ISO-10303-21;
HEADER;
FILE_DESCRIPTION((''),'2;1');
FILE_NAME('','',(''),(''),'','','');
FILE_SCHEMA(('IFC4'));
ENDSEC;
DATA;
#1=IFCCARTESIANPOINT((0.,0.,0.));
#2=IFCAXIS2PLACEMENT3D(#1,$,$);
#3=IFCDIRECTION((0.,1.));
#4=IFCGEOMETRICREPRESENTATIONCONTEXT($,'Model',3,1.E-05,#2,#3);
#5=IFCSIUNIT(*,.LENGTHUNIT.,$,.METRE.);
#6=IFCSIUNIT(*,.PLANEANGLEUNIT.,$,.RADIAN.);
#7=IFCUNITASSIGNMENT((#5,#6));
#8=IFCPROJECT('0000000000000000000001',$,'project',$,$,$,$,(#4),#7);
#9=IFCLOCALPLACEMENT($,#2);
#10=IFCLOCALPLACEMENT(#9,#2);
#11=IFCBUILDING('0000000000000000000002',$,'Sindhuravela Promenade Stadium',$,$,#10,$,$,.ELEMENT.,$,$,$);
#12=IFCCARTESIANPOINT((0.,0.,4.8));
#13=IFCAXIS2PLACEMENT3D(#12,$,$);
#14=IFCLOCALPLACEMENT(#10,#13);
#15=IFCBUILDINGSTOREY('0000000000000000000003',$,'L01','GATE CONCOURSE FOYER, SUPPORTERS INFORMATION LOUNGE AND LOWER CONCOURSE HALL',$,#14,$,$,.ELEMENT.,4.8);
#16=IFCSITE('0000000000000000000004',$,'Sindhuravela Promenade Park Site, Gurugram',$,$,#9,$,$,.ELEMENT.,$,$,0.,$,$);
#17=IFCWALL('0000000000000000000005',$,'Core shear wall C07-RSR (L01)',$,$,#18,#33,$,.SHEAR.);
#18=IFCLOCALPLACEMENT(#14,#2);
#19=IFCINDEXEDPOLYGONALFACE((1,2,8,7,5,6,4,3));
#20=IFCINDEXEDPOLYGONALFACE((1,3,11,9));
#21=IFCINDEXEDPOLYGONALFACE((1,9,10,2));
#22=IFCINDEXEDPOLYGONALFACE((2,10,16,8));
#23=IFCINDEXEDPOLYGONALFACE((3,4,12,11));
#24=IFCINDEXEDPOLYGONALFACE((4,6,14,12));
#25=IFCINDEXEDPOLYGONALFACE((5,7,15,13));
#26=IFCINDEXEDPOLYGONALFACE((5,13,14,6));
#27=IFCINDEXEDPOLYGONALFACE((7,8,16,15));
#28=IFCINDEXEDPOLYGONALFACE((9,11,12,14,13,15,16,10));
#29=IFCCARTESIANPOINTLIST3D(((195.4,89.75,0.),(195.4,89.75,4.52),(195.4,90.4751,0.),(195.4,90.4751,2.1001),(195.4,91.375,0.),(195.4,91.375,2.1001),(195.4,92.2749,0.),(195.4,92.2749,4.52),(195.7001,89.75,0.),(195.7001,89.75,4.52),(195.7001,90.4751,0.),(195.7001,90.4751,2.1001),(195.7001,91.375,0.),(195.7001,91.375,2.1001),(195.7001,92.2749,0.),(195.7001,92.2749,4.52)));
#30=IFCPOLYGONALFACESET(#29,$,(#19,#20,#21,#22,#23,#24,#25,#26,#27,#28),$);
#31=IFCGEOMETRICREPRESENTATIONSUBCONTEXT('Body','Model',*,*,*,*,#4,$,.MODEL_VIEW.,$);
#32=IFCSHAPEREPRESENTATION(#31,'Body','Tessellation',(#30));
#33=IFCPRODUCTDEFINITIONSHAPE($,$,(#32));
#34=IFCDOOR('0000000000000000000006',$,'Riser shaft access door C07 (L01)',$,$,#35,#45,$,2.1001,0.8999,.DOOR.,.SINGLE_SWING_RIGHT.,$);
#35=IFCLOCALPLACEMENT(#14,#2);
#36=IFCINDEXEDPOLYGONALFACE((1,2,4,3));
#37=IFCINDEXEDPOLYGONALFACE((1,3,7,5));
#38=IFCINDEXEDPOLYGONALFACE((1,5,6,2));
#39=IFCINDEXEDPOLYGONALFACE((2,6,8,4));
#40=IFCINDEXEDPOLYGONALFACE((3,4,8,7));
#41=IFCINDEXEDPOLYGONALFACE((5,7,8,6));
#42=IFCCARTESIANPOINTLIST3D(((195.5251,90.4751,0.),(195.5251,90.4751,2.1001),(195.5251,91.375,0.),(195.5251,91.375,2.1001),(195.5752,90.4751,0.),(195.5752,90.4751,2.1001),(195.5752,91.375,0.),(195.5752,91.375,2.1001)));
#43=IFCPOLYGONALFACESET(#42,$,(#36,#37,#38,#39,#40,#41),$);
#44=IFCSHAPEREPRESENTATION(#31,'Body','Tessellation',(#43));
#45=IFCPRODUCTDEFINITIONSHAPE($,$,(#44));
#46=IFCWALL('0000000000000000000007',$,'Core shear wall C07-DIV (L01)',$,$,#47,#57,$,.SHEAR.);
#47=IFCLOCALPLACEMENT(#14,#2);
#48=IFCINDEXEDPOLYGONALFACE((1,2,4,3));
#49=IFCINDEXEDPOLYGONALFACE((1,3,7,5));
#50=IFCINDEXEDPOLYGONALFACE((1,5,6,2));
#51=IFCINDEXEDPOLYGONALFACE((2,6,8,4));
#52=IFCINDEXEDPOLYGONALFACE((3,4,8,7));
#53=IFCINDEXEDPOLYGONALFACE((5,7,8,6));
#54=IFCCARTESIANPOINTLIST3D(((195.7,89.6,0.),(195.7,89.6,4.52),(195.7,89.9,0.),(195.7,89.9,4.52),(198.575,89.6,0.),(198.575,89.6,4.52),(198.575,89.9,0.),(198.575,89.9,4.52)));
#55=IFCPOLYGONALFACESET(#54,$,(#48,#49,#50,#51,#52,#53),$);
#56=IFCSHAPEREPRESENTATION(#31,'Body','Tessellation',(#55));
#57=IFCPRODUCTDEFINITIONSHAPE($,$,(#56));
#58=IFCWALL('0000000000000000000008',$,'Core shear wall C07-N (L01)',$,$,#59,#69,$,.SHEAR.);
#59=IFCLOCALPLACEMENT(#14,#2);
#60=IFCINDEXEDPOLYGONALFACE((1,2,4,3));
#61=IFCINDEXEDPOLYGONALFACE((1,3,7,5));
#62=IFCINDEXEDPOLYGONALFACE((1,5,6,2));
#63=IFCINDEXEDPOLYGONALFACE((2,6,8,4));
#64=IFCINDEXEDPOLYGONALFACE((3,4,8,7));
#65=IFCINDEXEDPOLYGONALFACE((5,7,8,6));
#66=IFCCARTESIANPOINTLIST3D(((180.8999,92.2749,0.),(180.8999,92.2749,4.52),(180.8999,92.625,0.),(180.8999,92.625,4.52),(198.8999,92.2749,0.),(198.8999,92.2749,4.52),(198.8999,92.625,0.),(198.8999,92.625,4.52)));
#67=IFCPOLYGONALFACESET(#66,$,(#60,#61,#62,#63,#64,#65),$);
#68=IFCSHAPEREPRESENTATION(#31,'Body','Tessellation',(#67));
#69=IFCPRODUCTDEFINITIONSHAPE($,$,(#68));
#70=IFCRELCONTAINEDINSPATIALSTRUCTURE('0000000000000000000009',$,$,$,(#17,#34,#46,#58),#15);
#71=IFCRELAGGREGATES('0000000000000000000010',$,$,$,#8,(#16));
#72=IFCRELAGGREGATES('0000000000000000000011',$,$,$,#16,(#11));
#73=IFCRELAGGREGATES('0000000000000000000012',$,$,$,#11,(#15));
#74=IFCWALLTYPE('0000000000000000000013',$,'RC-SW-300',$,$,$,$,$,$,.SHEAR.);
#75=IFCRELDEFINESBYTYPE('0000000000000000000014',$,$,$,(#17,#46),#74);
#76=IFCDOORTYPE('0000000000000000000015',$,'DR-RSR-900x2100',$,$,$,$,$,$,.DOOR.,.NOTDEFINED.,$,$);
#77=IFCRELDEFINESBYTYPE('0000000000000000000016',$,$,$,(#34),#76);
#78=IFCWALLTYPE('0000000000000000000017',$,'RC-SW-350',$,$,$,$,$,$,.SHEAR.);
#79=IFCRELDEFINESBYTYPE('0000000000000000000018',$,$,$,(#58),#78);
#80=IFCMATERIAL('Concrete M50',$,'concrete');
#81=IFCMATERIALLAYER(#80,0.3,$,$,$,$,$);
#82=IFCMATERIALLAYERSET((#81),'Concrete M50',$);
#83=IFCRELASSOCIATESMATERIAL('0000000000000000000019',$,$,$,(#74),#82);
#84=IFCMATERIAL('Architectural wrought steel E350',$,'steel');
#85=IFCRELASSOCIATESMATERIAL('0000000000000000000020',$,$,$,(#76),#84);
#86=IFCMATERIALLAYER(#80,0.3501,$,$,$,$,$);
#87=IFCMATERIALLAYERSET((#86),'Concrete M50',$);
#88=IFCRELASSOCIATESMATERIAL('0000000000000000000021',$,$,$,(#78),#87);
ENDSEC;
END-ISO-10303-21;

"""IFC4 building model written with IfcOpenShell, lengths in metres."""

from ifc_helpers import new_model, si_unit, direction, frame, frame_2d, origin, place, context, subcontext, project, spatial, rectangle, extrude, material, layer, layer_set, type_object, element, fill, save


model = new_model("IFC4")

# Units and contexts
model_context = context("Model", 3, precision=1e-05, world=origin(), true_north=direction((0.0, 1.0)))
body_context = subcontext(model_context, "Body", "Model", "MODEL_VIEW")
ifc_project = project(units=[si_unit("LENGTHUNIT", "METRE"), si_unit("PLANEANGLEUNIT", "RADIAN")], contexts=[model_context])

# Site, building, storey
site_placement = place(None, origin())
site = spatial("IfcSite", under=ifc_project, at=site_placement, Name="Sindhuravela Promenade Park Site, Gurugram", CompositionType="ELEMENT", RefElevation=0.0)
building_placement = place(site_placement, origin())
building = spatial("IfcBuilding", under=site, at=building_placement, Name="Sindhuravela Promenade Stadium", CompositionType="ELEMENT")
storey_placement = place(building_placement, frame((0.0, 0.0, 4.8)))
storey = spatial("IfcBuildingStorey", under=building, at=storey_placement, Name="L01", Description="GATE CONCOURSE FOYER, SUPPORTERS INFORMATION LOUNGE AND LOWER CONCOURSE HALL", CompositionType="ELEMENT", Elevation=4.8)

# Shared definitions
ifc_material_1 = material(Name="Concrete M50", Category="concrete")

# Wall, opening, door
ifc_layer_1 = layer(ifc_material_1, 0.3)
ifc_layer_set_1 = layer_set([ifc_layer_1], Name="Concrete M50")
wall_type_1 = type_object("IfcWallType", Name="RC-SW-300", PredefinedType="SHEAR", material=ifc_layer_set_1)
wall_1_placement = place(storey_placement, frame((195.55, 89.75, 0.0), z_axis=(0.0, 0.0, 1.0), x_axis=(0.0, 1.0, 0.0)))
wall_1 = element("IfcWall", 1, at=wall_1_placement, inside=storey, type_object=wall_type_1, Name="Core shear wall C07-RSR (L01)", PredefinedType="SHEAR", context=body_context, shape_type="SweptSolid", body=[
    extrude(rectangle(XDim=2.5249, YDim=0.3, at=frame_2d((1.2625, 0.0))), origin(), (0.0, 0.0, 1.0), 4.52),
])
opening_1_placement = place(wall_1_placement, frame((0.7251, 0.0, 0.0)))
opening_1 = element("IfcOpeningElement", 2, at=opening_1_placement, cuts=wall_1, PredefinedType="OPENING", context=body_context, shape_type="SweptSolid", body=[
    extrude(rectangle(XDim=0.8999, YDim=2.1001, at=frame_2d((0.45, 1.05))), frame((0.0, 0.1599, 0.0), z_axis=(0.0, -1.0, 0.0), x_axis=(1.0, 0.0, 0.0)), (0.0, 0.0, 1.0), 0.3201),
])
ifc_material_2 = material(Name="Architectural wrought steel E350", Category="steel")
door_type_1 = type_object("IfcDoorType", Name="DR-RSR-900x2100", OperationType="NOTDEFINED", PredefinedType="DOOR", material=ifc_material_2)
door_1_placement = place(opening_1_placement, origin())
door_1 = element("IfcDoor", 3, at=door_1_placement, inside=storey, type_object=door_type_1, Name="Riser shaft access door C07 (L01)", OperationType="SINGLE_SWING_RIGHT", OverallHeight=2.1001, OverallWidth=0.8999, PredefinedType="DOOR", context=body_context, shape_type="SweptSolid", body=[
    extrude(rectangle(XDim=0.8999, YDim=2.1001, at=frame_2d((0.45, 1.05))), frame((0.0, 0.0249, 0.0), z_axis=(0.0, -1.0, 0.0), x_axis=(1.0, 0.0, 0.0)), (0.0, 0.0, 1.0), 0.05),
])
fill(opening_1, door_1)

# Walls
wall_2_placement = place(storey_placement, frame((195.7, 89.75, 0.0), z_axis=(0.0, 0.0, 1.0), x_axis=(1.0, 0.0, 0.0)))
element("IfcWall", 4, at=wall_2_placement, inside=storey, type_object=wall_type_1, Name="Core shear wall C07-DIV (L01)", PredefinedType="SHEAR", context=body_context, shape_type="SweptSolid", body=[
    extrude(rectangle(XDim=2.875, YDim=0.3, at=frame_2d((1.4375, 0.0))), origin(), (0.0, 0.0, 1.0), 4.52),
])
ifc_layer_2 = layer(ifc_material_1, 0.3501)
ifc_layer_set_2 = layer_set([ifc_layer_2], Name="Concrete M50")
wall_type_2 = type_object("IfcWallType", Name="RC-SW-350", PredefinedType="SHEAR", material=ifc_layer_set_2)
wall_3_placement = place(storey_placement, frame((198.8999, 92.45, 0.0), z_axis=(0.0, 0.0, 1.0), x_axis=(-1.0, 0.0, 0.0)))
element("IfcWall", 5, at=wall_3_placement, inside=storey, type_object=wall_type_2, Name="Core shear wall C07-N (L01)", PredefinedType="SHEAR", context=body_context, shape_type="SweptSolid", body=[
    extrude(rectangle(XDim=18.0, YDim=0.3501, at=frame_2d((9.0, 0.0))), origin(), (0.0, 0.0, 1.0), 4.52),
])

save(model, "model.ifc")
